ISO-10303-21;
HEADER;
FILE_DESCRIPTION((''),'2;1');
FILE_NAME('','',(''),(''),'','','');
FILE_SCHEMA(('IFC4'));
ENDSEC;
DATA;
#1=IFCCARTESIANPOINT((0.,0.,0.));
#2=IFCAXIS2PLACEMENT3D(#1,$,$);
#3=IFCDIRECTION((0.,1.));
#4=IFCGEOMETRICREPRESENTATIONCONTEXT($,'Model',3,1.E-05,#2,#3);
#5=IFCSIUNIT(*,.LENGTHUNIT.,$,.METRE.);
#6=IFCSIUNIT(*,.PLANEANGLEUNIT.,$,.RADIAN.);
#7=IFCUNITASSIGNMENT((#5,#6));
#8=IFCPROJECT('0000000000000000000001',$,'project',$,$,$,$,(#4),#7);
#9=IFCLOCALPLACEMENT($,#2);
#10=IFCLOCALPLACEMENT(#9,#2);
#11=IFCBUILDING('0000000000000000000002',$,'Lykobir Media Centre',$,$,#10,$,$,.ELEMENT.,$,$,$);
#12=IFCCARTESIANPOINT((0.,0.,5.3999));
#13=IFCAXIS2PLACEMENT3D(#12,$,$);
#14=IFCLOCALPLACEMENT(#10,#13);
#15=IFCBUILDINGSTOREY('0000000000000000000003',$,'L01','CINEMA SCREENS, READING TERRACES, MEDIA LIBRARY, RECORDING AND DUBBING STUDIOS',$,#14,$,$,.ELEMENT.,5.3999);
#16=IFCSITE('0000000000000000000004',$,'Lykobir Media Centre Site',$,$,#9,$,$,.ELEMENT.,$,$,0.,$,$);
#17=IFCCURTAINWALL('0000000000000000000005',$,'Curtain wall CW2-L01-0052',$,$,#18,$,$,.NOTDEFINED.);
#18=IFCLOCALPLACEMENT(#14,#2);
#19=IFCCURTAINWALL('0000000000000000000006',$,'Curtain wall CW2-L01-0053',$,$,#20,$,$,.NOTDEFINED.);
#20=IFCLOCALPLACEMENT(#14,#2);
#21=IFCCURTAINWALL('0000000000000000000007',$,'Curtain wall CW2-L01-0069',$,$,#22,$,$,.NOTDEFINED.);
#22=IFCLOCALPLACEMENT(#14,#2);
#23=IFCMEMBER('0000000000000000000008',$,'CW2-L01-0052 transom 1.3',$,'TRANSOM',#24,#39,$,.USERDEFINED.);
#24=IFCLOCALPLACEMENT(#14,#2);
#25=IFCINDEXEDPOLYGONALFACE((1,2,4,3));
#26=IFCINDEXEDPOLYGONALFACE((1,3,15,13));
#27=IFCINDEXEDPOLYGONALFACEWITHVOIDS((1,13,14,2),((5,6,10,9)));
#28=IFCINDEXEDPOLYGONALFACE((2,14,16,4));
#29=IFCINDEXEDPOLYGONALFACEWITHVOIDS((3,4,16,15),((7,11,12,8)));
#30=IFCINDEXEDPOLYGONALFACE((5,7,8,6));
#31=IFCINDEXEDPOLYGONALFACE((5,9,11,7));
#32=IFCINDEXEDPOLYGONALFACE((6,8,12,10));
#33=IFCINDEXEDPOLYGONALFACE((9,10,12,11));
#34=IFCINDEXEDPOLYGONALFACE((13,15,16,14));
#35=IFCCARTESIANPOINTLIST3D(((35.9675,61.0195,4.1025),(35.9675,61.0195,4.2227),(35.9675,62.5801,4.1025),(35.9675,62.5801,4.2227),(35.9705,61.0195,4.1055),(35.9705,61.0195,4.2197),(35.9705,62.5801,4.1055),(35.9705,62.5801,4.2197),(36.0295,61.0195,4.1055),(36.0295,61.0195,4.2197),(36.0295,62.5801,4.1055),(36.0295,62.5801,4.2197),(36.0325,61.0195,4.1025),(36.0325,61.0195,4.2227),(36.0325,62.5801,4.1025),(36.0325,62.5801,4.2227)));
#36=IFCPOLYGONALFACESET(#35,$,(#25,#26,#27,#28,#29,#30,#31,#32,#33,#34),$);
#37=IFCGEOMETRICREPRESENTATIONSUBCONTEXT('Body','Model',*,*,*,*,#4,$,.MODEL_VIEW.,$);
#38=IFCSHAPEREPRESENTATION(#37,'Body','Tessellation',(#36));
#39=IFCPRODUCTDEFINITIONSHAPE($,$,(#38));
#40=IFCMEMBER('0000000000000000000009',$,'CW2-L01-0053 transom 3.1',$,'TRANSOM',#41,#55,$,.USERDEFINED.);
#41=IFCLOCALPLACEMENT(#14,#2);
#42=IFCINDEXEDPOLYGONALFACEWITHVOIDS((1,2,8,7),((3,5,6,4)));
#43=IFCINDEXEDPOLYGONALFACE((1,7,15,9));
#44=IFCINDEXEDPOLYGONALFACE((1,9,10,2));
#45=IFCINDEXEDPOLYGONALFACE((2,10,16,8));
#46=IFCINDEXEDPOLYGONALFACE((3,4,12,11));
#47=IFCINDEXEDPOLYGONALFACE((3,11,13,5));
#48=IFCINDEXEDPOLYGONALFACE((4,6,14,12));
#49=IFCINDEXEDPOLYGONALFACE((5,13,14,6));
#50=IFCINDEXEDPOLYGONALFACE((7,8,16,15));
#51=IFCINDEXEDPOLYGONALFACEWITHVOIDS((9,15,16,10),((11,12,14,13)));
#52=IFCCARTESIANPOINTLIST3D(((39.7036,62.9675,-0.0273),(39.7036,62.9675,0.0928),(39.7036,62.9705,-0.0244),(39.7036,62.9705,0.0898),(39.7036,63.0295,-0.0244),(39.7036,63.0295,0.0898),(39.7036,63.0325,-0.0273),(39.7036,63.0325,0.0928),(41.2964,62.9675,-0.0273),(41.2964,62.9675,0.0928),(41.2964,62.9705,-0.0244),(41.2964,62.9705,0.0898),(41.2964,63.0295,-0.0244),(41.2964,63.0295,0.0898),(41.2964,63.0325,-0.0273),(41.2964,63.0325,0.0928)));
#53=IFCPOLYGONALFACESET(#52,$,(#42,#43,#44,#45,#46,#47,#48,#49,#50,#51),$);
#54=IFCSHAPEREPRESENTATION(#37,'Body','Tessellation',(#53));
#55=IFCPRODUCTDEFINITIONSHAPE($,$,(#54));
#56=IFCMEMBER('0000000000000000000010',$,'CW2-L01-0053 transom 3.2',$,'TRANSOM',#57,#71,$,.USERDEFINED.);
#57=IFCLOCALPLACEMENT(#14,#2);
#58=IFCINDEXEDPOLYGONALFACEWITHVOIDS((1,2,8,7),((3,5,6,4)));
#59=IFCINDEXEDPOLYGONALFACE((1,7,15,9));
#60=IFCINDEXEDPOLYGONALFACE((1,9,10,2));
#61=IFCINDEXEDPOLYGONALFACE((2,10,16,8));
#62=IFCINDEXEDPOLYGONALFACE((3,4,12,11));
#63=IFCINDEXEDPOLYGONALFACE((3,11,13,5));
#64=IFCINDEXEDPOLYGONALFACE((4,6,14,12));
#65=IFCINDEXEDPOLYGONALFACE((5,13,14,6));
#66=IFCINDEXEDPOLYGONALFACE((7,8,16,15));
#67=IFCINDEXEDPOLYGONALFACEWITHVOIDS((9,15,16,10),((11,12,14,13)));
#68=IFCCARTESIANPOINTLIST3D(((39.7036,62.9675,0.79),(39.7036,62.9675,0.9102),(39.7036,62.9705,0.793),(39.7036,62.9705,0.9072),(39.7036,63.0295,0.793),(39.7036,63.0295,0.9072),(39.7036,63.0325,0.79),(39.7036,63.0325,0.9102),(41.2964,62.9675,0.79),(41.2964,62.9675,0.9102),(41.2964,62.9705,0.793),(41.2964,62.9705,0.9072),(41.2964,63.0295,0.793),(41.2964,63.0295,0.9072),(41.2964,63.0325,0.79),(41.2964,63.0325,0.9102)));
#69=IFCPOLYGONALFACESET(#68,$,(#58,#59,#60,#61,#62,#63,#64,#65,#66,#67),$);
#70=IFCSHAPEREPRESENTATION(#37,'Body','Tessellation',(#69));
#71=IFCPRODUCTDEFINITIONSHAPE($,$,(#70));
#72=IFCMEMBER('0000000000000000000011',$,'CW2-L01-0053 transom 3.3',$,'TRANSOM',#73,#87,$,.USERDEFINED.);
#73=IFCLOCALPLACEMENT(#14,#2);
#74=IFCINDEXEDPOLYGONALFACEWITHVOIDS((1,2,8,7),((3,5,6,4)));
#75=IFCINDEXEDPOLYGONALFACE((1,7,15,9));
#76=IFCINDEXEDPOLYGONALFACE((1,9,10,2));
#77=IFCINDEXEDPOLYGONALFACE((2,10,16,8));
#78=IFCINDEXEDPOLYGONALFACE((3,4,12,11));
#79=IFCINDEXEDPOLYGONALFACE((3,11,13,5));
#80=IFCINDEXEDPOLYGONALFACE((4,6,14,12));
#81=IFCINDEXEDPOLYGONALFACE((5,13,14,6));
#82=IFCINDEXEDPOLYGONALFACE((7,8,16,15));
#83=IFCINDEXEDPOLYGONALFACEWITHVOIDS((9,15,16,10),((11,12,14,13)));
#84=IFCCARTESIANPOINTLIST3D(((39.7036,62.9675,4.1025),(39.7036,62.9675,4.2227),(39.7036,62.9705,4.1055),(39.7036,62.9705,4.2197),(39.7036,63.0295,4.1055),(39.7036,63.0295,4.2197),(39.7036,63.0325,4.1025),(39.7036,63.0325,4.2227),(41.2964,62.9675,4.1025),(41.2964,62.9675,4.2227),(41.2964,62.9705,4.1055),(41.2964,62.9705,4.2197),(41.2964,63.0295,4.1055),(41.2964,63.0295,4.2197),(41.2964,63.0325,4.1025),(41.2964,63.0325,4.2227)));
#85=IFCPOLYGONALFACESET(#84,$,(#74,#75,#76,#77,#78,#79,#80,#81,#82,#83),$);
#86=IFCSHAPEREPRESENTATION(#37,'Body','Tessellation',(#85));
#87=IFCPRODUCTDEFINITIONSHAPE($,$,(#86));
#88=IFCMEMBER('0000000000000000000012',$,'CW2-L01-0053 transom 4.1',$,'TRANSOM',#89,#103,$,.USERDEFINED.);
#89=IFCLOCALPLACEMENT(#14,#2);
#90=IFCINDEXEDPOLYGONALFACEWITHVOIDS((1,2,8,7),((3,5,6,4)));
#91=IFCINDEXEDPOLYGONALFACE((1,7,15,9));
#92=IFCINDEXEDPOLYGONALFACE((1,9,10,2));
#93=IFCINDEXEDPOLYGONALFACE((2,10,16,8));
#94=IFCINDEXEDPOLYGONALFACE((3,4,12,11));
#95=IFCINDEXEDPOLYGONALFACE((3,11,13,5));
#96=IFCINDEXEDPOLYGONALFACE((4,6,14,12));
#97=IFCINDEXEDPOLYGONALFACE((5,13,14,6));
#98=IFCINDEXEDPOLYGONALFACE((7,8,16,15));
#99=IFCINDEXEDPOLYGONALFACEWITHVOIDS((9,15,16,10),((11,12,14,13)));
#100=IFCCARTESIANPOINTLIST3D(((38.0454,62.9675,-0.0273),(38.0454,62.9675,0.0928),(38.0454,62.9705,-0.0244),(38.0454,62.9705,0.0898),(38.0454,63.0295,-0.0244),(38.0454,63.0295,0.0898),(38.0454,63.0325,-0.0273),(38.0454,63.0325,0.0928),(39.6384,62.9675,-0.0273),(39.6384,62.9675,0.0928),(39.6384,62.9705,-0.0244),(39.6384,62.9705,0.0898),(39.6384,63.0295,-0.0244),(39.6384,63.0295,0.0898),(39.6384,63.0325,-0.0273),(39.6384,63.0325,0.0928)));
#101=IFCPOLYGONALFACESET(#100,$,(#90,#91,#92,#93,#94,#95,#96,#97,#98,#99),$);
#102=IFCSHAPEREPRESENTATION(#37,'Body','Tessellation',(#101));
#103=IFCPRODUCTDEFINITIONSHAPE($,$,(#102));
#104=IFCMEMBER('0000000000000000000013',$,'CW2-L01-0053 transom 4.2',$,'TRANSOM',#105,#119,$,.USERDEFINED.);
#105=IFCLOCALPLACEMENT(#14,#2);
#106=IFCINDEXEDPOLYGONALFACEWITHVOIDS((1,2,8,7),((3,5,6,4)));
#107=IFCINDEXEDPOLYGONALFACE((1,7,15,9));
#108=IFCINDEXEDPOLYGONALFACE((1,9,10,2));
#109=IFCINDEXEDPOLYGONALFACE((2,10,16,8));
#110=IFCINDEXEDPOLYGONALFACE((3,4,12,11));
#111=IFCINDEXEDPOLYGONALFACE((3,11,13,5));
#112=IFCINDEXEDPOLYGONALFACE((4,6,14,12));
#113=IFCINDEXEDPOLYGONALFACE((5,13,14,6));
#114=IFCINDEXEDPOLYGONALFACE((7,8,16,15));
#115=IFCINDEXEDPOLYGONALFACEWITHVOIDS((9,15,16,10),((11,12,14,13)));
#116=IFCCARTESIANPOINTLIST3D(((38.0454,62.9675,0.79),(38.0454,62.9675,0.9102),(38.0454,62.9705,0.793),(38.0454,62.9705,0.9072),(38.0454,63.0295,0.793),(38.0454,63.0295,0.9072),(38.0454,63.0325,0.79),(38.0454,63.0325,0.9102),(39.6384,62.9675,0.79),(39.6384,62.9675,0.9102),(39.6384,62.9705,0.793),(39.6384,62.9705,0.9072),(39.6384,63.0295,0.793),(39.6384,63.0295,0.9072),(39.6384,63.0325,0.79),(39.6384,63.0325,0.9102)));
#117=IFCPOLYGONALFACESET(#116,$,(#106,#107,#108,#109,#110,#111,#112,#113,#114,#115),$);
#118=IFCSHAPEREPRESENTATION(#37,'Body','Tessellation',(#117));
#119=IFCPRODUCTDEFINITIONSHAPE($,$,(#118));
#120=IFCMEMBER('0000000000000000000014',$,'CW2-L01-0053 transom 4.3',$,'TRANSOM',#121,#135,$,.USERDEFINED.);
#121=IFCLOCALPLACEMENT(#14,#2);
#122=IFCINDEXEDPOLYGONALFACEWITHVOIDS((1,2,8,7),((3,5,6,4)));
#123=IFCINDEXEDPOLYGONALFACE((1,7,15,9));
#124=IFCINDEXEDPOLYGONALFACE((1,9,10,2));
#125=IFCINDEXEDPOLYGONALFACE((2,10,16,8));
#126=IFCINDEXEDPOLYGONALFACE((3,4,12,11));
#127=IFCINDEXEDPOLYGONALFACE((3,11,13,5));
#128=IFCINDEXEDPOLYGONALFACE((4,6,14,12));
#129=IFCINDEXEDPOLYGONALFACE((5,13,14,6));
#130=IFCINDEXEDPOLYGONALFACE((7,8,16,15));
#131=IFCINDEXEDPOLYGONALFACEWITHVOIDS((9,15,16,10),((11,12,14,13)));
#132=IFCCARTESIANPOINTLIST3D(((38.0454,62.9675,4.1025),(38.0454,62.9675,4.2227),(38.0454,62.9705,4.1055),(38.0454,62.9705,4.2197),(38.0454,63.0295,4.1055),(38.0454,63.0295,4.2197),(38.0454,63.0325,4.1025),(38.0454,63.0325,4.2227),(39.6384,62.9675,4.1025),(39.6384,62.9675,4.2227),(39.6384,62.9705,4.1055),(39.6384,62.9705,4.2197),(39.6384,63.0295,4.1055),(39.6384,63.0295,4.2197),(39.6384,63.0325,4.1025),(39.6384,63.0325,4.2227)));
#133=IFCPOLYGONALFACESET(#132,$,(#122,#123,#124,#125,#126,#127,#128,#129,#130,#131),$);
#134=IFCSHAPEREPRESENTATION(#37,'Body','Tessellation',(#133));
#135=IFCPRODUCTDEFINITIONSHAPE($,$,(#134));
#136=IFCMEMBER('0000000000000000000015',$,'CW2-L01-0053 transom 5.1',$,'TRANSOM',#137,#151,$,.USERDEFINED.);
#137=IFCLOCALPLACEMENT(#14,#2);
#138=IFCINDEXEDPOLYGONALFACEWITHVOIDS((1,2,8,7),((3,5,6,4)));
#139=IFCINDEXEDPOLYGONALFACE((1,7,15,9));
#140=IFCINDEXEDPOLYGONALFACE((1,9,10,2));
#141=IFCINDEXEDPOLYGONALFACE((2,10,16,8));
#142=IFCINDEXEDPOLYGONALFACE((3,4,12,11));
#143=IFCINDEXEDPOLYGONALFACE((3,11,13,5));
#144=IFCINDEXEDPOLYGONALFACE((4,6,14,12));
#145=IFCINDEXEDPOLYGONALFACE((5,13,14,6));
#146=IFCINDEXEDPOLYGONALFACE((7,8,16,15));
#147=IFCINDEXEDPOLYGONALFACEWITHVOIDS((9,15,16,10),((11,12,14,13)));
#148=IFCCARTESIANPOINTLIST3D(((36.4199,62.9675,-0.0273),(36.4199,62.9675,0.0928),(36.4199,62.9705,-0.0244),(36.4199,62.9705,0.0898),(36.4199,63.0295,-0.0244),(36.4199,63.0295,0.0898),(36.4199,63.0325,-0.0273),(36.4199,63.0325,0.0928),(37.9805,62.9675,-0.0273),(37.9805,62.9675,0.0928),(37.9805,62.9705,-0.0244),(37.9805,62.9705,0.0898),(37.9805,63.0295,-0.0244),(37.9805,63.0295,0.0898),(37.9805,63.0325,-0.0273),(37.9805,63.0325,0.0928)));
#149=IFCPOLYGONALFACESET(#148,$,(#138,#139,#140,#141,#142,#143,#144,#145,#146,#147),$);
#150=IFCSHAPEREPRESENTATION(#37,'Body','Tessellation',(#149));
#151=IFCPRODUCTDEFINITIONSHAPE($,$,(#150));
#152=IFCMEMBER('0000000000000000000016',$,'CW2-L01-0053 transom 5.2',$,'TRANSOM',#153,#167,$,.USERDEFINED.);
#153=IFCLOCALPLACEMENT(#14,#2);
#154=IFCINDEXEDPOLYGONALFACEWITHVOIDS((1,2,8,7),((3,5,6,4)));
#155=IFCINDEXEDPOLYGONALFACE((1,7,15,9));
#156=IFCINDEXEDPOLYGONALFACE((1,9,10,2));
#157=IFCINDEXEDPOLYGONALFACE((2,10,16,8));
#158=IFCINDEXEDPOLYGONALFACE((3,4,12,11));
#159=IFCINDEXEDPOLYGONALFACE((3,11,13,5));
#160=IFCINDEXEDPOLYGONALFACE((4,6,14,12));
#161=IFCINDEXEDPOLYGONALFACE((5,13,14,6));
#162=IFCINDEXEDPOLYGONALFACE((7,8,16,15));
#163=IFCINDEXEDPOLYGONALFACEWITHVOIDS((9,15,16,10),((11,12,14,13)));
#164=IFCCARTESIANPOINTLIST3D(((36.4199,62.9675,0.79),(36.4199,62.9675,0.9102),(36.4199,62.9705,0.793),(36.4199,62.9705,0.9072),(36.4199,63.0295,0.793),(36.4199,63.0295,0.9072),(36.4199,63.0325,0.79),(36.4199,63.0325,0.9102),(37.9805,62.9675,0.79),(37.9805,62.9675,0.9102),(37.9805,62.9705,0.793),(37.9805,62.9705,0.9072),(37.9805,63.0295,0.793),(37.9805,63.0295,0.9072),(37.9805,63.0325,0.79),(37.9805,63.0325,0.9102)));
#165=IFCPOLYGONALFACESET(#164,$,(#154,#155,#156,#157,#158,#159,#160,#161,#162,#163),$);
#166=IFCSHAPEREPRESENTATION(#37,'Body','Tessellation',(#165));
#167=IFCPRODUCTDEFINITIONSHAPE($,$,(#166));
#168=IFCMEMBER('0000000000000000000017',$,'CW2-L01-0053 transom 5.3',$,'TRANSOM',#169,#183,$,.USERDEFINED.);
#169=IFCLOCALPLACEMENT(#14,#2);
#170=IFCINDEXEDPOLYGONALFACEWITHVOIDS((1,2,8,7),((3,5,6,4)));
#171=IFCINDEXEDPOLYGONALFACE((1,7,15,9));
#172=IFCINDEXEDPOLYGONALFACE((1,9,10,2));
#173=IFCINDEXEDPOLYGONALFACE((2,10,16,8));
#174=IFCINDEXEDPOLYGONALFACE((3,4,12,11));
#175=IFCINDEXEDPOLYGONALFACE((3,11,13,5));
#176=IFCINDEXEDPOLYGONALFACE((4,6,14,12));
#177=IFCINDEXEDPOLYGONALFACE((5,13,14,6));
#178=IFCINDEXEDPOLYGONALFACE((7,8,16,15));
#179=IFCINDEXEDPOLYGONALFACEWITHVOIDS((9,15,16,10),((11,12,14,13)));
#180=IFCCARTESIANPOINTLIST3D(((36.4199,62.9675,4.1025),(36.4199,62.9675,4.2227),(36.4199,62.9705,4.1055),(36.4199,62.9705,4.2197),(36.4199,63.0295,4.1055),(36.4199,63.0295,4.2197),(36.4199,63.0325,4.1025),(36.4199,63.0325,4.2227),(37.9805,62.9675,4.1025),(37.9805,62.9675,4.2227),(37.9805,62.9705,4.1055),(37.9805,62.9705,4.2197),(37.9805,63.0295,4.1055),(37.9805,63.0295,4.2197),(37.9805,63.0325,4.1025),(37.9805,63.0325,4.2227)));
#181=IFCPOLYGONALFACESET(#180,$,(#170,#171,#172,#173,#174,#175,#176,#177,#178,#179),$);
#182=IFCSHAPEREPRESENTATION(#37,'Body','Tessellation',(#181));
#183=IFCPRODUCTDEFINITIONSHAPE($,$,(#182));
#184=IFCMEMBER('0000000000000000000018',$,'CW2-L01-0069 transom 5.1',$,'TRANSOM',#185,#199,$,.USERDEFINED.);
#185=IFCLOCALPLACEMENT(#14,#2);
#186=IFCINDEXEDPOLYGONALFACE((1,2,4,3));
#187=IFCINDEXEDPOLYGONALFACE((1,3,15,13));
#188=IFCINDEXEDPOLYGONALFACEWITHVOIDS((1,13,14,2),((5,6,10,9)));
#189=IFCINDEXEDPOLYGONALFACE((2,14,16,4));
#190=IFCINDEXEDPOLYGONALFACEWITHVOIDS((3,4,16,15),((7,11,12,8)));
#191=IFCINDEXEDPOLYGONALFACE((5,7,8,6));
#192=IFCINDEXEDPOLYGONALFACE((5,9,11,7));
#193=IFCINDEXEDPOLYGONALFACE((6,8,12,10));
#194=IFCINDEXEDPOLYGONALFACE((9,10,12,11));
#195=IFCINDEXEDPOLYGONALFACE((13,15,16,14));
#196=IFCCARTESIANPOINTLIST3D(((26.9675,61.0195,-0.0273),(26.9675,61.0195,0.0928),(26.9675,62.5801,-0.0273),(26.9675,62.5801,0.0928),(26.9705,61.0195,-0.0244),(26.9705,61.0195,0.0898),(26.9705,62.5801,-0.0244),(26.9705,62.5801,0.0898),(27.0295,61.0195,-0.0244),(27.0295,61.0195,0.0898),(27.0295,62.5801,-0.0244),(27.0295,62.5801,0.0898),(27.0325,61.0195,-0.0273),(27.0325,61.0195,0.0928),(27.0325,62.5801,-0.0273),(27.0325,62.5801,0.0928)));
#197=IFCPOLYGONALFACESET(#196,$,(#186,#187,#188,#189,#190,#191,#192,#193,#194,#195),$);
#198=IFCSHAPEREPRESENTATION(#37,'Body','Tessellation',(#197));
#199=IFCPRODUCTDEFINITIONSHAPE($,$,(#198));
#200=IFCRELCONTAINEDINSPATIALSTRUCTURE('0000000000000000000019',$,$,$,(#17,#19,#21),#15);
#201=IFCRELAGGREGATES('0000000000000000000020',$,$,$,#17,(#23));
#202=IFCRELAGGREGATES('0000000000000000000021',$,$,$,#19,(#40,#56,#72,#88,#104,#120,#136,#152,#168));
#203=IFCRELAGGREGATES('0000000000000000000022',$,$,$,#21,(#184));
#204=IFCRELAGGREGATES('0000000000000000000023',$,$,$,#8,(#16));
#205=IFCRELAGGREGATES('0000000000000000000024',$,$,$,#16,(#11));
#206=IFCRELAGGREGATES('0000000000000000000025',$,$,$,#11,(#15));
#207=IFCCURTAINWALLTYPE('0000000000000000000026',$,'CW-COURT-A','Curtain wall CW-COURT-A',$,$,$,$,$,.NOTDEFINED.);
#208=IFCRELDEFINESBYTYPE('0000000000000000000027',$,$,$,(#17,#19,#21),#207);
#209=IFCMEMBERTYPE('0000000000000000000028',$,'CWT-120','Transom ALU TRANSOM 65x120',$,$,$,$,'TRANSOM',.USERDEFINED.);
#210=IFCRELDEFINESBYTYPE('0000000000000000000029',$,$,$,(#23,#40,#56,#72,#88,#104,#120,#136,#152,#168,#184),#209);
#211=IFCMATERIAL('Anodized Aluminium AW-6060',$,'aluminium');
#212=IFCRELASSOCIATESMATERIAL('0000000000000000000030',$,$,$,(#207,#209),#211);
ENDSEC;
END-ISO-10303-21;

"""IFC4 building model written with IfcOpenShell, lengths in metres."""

from ifc_helpers import new_model, si_unit, direction, frame, origin, origin_2d, place, context, subcontext, project, spatial, hollow_rectangle, extrude, material, material_profile, profile_set, type_object, element, aggregate, save


model = new_model("IFC4")

# Units and contexts
model_context = context("Model", 3, precision=1e-05, world=origin(), true_north=direction((0.0, 1.0)))
body_context = subcontext(model_context, "Body", "Model", "MODEL_VIEW")
ifc_project = project(units=[si_unit("LENGTHUNIT", "METRE"), si_unit("PLANEANGLEUNIT", "RADIAN")], contexts=[model_context])

# Site, building, storey
site_placement = place(None, origin())
site = spatial("IfcSite", under=ifc_project, at=site_placement, Name="Lykobir Media Centre Site", CompositionType="ELEMENT", RefElevation=0.0)
building_placement = place(site_placement, origin())
building = spatial("IfcBuilding", under=site, at=building_placement, Name="Lykobir Media Centre", CompositionType="ELEMENT")
storey_placement = place(building_placement, frame((0.0, 0.0, 5.3999)))
storey = spatial("IfcBuildingStorey", under=building, at=storey_placement, Name="L01", Description="CINEMA SCREENS, READING TERRACES, MEDIA LIBRARY, RECORDING AND DUBBING STUDIOS", CompositionType="ELEMENT", Elevation=5.3999)

# Curtain walls
ifc_material_1 = material(Name="Anodized Aluminium AW-6060", Category="aluminium")
curtain_wall_type = type_object("IfcCurtainWallType", Name="CW-COURT-A", Description="Curtain wall CW-COURT-A", PredefinedType="NOTDEFINED", material=ifc_material_1)
curtain_wall_1_placement = place(storey_placement, origin())
curtain_wall_1 = element("IfcCurtainWall", 1, at=curtain_wall_1_placement, inside=storey, type_object=curtain_wall_type, Name="Curtain wall CW2-L01-0052", PredefinedType="NOTDEFINED")
curtain_wall_2_placement = place(storey_placement, origin())
curtain_wall_2 = element("IfcCurtainWall", 2, at=curtain_wall_2_placement, inside=storey, type_object=curtain_wall_type, Name="Curtain wall CW2-L01-0053", PredefinedType="NOTDEFINED")

# Curtain wall
curtain_wall_3_placement = place(storey_placement, origin())
curtain_wall_3 = element("IfcCurtainWall", 3, at=curtain_wall_3_placement, inside=storey, type_object=curtain_wall_type, Name="Curtain wall CW2-L01-0069", PredefinedType="NOTDEFINED")

# Members
ifc_material_profile_1 = material_profile(ifc_material_1, hollow_rectangle(XDim=0.0649, YDim=0.1201, WallThickness=0.0029, at=origin_2d()), Name="ALU TRANSOM 65x120")
ifc_profile_set_1 = profile_set([ifc_material_profile_1], Name="Anodized Aluminium AW-6060")
member_type_1 = type_object("IfcMemberType", Name="CWT-120", Description="Transom ALU TRANSOM 65x120", ElementType="TRANSOM", PredefinedType="USERDEFINED", material=ifc_profile_set_1)
member_1_placement = place(storey_placement, frame((36.0, 62.5801, 4.1626), z_axis=(0.0, -1.0, 0.0), x_axis=(1.0, 0.0, 0.0)))
member_1 = element("IfcMember", 4, at=member_1_placement, type_object=member_type_1, Name="CW2-L01-0052 transom 1.3", ObjectType="TRANSOM", PredefinedType="USERDEFINED", context=body_context, shape_type="SweptSolid", body=[
    extrude(hollow_rectangle(XDim=0.0649, YDim=0.1201, WallThickness=0.0029, at=origin_2d()), origin(), (0.0, 0.0, 1.0), 1.5605),
])
member_2_placement = place(storey_placement, frame((41.2964, 63.0, 0.0327), z_axis=(-1.0, 0.0, 0.0), x_axis=(0.0, -1.0, 0.0)))
member_2 = element("IfcMember", 5, at=member_2_placement, type_object=member_type_1, Name="CW2-L01-0053 transom 3.1", ObjectType="TRANSOM", PredefinedType="USERDEFINED", context=body_context, shape_type="SweptSolid", body=[
    extrude(hollow_rectangle(XDim=0.0649, YDim=0.1201, WallThickness=0.0029, at=origin_2d()), origin(), (0.0, 0.0, 1.0), 1.5928),
])
member_3_placement = place(storey_placement, frame((41.2964, 63.0, 0.8501), z_axis=(-1.0, 0.0, 0.0), x_axis=(0.0, -1.0, 0.0)))
member_3 = element("IfcMember", 6, at=member_3_placement, type_object=member_type_1, Name="CW2-L01-0053 transom 3.2", ObjectType="TRANSOM", PredefinedType="USERDEFINED", context=body_context, shape_type="SweptSolid", body=[
    extrude(hollow_rectangle(XDim=0.0649, YDim=0.1201, WallThickness=0.0029, at=origin_2d()), origin(), (0.0, 0.0, 1.0), 1.5928),
])
member_4_placement = place(storey_placement, frame((41.2964, 63.0, 4.1626), z_axis=(-1.0, 0.0, 0.0), x_axis=(0.0, -1.0, 0.0)))
member_4 = element("IfcMember", 7, at=member_4_placement, type_object=member_type_1, Name="CW2-L01-0053 transom 3.3", ObjectType="TRANSOM", PredefinedType="USERDEFINED", context=body_context, shape_type="SweptSolid", body=[
    extrude(hollow_rectangle(XDim=0.0649, YDim=0.1201, WallThickness=0.0029, at=origin_2d()), origin(), (0.0, 0.0, 1.0), 1.5928),
])
member_5_placement = place(storey_placement, frame((39.6384, 63.0, 0.0327), z_axis=(-1.0, 0.0, 0.0), x_axis=(0.0, -1.0, 0.0)))
member_5 = element("IfcMember", 8, at=member_5_placement, type_object=member_type_1, Name="CW2-L01-0053 transom 4.1", ObjectType="TRANSOM", PredefinedType="USERDEFINED", context=body_context, shape_type="SweptSolid", body=[
    extrude(hollow_rectangle(XDim=0.0649, YDim=0.1201, WallThickness=0.0029, at=origin_2d()), origin(), (0.0, 0.0, 1.0), 1.593),
])
member_6_placement = place(storey_placement, frame((39.6384, 63.0, 0.8501), z_axis=(-1.0, 0.0, 0.0), x_axis=(0.0, -1.0, 0.0)))
member_6 = element("IfcMember", 9, at=member_6_placement, type_object=member_type_1, Name="CW2-L01-0053 transom 4.2", ObjectType="TRANSOM", PredefinedType="USERDEFINED", context=body_context, shape_type="SweptSolid", body=[
    extrude(hollow_rectangle(XDim=0.0649, YDim=0.1201, WallThickness=0.0029, at=origin_2d()), origin(), (0.0, 0.0, 1.0), 1.593),
])
member_7_placement = place(storey_placement, frame((39.6384, 63.0, 4.1626), z_axis=(-1.0, 0.0, 0.0), x_axis=(0.0, -1.0, 0.0)))
member_7 = element("IfcMember", 10, at=member_7_placement, type_object=member_type_1, Name="CW2-L01-0053 transom 4.3", ObjectType="TRANSOM", PredefinedType="USERDEFINED", context=body_context, shape_type="SweptSolid", body=[
    extrude(hollow_rectangle(XDim=0.0649, YDim=0.1201, WallThickness=0.0029, at=origin_2d()), origin(), (0.0, 0.0, 1.0), 1.593),
])
member_8_placement = place(storey_placement, frame((37.9805, 63.0, 0.0327), z_axis=(-1.0, 0.0, 0.0), x_axis=(0.0, -1.0, 0.0)))
member_8 = element("IfcMember", 11, at=member_8_placement, type_object=member_type_1, Name="CW2-L01-0053 transom 5.1", ObjectType="TRANSOM", PredefinedType="USERDEFINED", context=body_context, shape_type="SweptSolid", body=[
    extrude(hollow_rectangle(XDim=0.0649, YDim=0.1201, WallThickness=0.0029, at=origin_2d()), origin(), (0.0, 0.0, 1.0), 1.5605),
])
member_9_placement = place(storey_placement, frame((37.9805, 63.0, 0.8501), z_axis=(-1.0, 0.0, 0.0), x_axis=(0.0, -1.0, 0.0)))
member_9 = element("IfcMember", 12, at=member_9_placement, type_object=member_type_1, Name="CW2-L01-0053 transom 5.2", ObjectType="TRANSOM", PredefinedType="USERDEFINED", context=body_context, shape_type="SweptSolid", body=[
    extrude(hollow_rectangle(XDim=0.0649, YDim=0.1201, WallThickness=0.0029, at=origin_2d()), origin(), (0.0, 0.0, 1.0), 1.5605),
])
member_10_placement = place(storey_placement, frame((37.9805, 63.0, 4.1626), z_axis=(-1.0, 0.0, 0.0), x_axis=(0.0, -1.0, 0.0)))
member_10 = element("IfcMember", 13, at=member_10_placement, type_object=member_type_1, Name="CW2-L01-0053 transom 5.3", ObjectType="TRANSOM", PredefinedType="USERDEFINED", context=body_context, shape_type="SweptSolid", body=[
    extrude(hollow_rectangle(XDim=0.0649, YDim=0.1201, WallThickness=0.0029, at=origin_2d()), origin(), (0.0, 0.0, 1.0), 1.5605),
])
member_11_placement = place(storey_placement, frame((27.0, 61.0195, 0.0327), z_axis=(0.0, 1.0, 0.0), x_axis=(-1.0, 0.0, 0.0)))
member_11 = element("IfcMember", 14, at=member_11_placement, type_object=member_type_1, Name="CW2-L01-0069 transom 5.1", ObjectType="TRANSOM", PredefinedType="USERDEFINED", context=body_context, shape_type="SweptSolid", body=[
    extrude(hollow_rectangle(XDim=0.0649, YDim=0.1201, WallThickness=0.0029, at=origin_2d()), origin(), (0.0, 0.0, 1.0), 1.5605),
])

aggregate(curtain_wall_1, [member_1])
aggregate(curtain_wall_2, [member_2, member_3, member_4, member_5, member_6, member_7, member_8, member_9, member_10])
aggregate(curtain_wall_3, [member_11])

save(model, "model.ifc")
